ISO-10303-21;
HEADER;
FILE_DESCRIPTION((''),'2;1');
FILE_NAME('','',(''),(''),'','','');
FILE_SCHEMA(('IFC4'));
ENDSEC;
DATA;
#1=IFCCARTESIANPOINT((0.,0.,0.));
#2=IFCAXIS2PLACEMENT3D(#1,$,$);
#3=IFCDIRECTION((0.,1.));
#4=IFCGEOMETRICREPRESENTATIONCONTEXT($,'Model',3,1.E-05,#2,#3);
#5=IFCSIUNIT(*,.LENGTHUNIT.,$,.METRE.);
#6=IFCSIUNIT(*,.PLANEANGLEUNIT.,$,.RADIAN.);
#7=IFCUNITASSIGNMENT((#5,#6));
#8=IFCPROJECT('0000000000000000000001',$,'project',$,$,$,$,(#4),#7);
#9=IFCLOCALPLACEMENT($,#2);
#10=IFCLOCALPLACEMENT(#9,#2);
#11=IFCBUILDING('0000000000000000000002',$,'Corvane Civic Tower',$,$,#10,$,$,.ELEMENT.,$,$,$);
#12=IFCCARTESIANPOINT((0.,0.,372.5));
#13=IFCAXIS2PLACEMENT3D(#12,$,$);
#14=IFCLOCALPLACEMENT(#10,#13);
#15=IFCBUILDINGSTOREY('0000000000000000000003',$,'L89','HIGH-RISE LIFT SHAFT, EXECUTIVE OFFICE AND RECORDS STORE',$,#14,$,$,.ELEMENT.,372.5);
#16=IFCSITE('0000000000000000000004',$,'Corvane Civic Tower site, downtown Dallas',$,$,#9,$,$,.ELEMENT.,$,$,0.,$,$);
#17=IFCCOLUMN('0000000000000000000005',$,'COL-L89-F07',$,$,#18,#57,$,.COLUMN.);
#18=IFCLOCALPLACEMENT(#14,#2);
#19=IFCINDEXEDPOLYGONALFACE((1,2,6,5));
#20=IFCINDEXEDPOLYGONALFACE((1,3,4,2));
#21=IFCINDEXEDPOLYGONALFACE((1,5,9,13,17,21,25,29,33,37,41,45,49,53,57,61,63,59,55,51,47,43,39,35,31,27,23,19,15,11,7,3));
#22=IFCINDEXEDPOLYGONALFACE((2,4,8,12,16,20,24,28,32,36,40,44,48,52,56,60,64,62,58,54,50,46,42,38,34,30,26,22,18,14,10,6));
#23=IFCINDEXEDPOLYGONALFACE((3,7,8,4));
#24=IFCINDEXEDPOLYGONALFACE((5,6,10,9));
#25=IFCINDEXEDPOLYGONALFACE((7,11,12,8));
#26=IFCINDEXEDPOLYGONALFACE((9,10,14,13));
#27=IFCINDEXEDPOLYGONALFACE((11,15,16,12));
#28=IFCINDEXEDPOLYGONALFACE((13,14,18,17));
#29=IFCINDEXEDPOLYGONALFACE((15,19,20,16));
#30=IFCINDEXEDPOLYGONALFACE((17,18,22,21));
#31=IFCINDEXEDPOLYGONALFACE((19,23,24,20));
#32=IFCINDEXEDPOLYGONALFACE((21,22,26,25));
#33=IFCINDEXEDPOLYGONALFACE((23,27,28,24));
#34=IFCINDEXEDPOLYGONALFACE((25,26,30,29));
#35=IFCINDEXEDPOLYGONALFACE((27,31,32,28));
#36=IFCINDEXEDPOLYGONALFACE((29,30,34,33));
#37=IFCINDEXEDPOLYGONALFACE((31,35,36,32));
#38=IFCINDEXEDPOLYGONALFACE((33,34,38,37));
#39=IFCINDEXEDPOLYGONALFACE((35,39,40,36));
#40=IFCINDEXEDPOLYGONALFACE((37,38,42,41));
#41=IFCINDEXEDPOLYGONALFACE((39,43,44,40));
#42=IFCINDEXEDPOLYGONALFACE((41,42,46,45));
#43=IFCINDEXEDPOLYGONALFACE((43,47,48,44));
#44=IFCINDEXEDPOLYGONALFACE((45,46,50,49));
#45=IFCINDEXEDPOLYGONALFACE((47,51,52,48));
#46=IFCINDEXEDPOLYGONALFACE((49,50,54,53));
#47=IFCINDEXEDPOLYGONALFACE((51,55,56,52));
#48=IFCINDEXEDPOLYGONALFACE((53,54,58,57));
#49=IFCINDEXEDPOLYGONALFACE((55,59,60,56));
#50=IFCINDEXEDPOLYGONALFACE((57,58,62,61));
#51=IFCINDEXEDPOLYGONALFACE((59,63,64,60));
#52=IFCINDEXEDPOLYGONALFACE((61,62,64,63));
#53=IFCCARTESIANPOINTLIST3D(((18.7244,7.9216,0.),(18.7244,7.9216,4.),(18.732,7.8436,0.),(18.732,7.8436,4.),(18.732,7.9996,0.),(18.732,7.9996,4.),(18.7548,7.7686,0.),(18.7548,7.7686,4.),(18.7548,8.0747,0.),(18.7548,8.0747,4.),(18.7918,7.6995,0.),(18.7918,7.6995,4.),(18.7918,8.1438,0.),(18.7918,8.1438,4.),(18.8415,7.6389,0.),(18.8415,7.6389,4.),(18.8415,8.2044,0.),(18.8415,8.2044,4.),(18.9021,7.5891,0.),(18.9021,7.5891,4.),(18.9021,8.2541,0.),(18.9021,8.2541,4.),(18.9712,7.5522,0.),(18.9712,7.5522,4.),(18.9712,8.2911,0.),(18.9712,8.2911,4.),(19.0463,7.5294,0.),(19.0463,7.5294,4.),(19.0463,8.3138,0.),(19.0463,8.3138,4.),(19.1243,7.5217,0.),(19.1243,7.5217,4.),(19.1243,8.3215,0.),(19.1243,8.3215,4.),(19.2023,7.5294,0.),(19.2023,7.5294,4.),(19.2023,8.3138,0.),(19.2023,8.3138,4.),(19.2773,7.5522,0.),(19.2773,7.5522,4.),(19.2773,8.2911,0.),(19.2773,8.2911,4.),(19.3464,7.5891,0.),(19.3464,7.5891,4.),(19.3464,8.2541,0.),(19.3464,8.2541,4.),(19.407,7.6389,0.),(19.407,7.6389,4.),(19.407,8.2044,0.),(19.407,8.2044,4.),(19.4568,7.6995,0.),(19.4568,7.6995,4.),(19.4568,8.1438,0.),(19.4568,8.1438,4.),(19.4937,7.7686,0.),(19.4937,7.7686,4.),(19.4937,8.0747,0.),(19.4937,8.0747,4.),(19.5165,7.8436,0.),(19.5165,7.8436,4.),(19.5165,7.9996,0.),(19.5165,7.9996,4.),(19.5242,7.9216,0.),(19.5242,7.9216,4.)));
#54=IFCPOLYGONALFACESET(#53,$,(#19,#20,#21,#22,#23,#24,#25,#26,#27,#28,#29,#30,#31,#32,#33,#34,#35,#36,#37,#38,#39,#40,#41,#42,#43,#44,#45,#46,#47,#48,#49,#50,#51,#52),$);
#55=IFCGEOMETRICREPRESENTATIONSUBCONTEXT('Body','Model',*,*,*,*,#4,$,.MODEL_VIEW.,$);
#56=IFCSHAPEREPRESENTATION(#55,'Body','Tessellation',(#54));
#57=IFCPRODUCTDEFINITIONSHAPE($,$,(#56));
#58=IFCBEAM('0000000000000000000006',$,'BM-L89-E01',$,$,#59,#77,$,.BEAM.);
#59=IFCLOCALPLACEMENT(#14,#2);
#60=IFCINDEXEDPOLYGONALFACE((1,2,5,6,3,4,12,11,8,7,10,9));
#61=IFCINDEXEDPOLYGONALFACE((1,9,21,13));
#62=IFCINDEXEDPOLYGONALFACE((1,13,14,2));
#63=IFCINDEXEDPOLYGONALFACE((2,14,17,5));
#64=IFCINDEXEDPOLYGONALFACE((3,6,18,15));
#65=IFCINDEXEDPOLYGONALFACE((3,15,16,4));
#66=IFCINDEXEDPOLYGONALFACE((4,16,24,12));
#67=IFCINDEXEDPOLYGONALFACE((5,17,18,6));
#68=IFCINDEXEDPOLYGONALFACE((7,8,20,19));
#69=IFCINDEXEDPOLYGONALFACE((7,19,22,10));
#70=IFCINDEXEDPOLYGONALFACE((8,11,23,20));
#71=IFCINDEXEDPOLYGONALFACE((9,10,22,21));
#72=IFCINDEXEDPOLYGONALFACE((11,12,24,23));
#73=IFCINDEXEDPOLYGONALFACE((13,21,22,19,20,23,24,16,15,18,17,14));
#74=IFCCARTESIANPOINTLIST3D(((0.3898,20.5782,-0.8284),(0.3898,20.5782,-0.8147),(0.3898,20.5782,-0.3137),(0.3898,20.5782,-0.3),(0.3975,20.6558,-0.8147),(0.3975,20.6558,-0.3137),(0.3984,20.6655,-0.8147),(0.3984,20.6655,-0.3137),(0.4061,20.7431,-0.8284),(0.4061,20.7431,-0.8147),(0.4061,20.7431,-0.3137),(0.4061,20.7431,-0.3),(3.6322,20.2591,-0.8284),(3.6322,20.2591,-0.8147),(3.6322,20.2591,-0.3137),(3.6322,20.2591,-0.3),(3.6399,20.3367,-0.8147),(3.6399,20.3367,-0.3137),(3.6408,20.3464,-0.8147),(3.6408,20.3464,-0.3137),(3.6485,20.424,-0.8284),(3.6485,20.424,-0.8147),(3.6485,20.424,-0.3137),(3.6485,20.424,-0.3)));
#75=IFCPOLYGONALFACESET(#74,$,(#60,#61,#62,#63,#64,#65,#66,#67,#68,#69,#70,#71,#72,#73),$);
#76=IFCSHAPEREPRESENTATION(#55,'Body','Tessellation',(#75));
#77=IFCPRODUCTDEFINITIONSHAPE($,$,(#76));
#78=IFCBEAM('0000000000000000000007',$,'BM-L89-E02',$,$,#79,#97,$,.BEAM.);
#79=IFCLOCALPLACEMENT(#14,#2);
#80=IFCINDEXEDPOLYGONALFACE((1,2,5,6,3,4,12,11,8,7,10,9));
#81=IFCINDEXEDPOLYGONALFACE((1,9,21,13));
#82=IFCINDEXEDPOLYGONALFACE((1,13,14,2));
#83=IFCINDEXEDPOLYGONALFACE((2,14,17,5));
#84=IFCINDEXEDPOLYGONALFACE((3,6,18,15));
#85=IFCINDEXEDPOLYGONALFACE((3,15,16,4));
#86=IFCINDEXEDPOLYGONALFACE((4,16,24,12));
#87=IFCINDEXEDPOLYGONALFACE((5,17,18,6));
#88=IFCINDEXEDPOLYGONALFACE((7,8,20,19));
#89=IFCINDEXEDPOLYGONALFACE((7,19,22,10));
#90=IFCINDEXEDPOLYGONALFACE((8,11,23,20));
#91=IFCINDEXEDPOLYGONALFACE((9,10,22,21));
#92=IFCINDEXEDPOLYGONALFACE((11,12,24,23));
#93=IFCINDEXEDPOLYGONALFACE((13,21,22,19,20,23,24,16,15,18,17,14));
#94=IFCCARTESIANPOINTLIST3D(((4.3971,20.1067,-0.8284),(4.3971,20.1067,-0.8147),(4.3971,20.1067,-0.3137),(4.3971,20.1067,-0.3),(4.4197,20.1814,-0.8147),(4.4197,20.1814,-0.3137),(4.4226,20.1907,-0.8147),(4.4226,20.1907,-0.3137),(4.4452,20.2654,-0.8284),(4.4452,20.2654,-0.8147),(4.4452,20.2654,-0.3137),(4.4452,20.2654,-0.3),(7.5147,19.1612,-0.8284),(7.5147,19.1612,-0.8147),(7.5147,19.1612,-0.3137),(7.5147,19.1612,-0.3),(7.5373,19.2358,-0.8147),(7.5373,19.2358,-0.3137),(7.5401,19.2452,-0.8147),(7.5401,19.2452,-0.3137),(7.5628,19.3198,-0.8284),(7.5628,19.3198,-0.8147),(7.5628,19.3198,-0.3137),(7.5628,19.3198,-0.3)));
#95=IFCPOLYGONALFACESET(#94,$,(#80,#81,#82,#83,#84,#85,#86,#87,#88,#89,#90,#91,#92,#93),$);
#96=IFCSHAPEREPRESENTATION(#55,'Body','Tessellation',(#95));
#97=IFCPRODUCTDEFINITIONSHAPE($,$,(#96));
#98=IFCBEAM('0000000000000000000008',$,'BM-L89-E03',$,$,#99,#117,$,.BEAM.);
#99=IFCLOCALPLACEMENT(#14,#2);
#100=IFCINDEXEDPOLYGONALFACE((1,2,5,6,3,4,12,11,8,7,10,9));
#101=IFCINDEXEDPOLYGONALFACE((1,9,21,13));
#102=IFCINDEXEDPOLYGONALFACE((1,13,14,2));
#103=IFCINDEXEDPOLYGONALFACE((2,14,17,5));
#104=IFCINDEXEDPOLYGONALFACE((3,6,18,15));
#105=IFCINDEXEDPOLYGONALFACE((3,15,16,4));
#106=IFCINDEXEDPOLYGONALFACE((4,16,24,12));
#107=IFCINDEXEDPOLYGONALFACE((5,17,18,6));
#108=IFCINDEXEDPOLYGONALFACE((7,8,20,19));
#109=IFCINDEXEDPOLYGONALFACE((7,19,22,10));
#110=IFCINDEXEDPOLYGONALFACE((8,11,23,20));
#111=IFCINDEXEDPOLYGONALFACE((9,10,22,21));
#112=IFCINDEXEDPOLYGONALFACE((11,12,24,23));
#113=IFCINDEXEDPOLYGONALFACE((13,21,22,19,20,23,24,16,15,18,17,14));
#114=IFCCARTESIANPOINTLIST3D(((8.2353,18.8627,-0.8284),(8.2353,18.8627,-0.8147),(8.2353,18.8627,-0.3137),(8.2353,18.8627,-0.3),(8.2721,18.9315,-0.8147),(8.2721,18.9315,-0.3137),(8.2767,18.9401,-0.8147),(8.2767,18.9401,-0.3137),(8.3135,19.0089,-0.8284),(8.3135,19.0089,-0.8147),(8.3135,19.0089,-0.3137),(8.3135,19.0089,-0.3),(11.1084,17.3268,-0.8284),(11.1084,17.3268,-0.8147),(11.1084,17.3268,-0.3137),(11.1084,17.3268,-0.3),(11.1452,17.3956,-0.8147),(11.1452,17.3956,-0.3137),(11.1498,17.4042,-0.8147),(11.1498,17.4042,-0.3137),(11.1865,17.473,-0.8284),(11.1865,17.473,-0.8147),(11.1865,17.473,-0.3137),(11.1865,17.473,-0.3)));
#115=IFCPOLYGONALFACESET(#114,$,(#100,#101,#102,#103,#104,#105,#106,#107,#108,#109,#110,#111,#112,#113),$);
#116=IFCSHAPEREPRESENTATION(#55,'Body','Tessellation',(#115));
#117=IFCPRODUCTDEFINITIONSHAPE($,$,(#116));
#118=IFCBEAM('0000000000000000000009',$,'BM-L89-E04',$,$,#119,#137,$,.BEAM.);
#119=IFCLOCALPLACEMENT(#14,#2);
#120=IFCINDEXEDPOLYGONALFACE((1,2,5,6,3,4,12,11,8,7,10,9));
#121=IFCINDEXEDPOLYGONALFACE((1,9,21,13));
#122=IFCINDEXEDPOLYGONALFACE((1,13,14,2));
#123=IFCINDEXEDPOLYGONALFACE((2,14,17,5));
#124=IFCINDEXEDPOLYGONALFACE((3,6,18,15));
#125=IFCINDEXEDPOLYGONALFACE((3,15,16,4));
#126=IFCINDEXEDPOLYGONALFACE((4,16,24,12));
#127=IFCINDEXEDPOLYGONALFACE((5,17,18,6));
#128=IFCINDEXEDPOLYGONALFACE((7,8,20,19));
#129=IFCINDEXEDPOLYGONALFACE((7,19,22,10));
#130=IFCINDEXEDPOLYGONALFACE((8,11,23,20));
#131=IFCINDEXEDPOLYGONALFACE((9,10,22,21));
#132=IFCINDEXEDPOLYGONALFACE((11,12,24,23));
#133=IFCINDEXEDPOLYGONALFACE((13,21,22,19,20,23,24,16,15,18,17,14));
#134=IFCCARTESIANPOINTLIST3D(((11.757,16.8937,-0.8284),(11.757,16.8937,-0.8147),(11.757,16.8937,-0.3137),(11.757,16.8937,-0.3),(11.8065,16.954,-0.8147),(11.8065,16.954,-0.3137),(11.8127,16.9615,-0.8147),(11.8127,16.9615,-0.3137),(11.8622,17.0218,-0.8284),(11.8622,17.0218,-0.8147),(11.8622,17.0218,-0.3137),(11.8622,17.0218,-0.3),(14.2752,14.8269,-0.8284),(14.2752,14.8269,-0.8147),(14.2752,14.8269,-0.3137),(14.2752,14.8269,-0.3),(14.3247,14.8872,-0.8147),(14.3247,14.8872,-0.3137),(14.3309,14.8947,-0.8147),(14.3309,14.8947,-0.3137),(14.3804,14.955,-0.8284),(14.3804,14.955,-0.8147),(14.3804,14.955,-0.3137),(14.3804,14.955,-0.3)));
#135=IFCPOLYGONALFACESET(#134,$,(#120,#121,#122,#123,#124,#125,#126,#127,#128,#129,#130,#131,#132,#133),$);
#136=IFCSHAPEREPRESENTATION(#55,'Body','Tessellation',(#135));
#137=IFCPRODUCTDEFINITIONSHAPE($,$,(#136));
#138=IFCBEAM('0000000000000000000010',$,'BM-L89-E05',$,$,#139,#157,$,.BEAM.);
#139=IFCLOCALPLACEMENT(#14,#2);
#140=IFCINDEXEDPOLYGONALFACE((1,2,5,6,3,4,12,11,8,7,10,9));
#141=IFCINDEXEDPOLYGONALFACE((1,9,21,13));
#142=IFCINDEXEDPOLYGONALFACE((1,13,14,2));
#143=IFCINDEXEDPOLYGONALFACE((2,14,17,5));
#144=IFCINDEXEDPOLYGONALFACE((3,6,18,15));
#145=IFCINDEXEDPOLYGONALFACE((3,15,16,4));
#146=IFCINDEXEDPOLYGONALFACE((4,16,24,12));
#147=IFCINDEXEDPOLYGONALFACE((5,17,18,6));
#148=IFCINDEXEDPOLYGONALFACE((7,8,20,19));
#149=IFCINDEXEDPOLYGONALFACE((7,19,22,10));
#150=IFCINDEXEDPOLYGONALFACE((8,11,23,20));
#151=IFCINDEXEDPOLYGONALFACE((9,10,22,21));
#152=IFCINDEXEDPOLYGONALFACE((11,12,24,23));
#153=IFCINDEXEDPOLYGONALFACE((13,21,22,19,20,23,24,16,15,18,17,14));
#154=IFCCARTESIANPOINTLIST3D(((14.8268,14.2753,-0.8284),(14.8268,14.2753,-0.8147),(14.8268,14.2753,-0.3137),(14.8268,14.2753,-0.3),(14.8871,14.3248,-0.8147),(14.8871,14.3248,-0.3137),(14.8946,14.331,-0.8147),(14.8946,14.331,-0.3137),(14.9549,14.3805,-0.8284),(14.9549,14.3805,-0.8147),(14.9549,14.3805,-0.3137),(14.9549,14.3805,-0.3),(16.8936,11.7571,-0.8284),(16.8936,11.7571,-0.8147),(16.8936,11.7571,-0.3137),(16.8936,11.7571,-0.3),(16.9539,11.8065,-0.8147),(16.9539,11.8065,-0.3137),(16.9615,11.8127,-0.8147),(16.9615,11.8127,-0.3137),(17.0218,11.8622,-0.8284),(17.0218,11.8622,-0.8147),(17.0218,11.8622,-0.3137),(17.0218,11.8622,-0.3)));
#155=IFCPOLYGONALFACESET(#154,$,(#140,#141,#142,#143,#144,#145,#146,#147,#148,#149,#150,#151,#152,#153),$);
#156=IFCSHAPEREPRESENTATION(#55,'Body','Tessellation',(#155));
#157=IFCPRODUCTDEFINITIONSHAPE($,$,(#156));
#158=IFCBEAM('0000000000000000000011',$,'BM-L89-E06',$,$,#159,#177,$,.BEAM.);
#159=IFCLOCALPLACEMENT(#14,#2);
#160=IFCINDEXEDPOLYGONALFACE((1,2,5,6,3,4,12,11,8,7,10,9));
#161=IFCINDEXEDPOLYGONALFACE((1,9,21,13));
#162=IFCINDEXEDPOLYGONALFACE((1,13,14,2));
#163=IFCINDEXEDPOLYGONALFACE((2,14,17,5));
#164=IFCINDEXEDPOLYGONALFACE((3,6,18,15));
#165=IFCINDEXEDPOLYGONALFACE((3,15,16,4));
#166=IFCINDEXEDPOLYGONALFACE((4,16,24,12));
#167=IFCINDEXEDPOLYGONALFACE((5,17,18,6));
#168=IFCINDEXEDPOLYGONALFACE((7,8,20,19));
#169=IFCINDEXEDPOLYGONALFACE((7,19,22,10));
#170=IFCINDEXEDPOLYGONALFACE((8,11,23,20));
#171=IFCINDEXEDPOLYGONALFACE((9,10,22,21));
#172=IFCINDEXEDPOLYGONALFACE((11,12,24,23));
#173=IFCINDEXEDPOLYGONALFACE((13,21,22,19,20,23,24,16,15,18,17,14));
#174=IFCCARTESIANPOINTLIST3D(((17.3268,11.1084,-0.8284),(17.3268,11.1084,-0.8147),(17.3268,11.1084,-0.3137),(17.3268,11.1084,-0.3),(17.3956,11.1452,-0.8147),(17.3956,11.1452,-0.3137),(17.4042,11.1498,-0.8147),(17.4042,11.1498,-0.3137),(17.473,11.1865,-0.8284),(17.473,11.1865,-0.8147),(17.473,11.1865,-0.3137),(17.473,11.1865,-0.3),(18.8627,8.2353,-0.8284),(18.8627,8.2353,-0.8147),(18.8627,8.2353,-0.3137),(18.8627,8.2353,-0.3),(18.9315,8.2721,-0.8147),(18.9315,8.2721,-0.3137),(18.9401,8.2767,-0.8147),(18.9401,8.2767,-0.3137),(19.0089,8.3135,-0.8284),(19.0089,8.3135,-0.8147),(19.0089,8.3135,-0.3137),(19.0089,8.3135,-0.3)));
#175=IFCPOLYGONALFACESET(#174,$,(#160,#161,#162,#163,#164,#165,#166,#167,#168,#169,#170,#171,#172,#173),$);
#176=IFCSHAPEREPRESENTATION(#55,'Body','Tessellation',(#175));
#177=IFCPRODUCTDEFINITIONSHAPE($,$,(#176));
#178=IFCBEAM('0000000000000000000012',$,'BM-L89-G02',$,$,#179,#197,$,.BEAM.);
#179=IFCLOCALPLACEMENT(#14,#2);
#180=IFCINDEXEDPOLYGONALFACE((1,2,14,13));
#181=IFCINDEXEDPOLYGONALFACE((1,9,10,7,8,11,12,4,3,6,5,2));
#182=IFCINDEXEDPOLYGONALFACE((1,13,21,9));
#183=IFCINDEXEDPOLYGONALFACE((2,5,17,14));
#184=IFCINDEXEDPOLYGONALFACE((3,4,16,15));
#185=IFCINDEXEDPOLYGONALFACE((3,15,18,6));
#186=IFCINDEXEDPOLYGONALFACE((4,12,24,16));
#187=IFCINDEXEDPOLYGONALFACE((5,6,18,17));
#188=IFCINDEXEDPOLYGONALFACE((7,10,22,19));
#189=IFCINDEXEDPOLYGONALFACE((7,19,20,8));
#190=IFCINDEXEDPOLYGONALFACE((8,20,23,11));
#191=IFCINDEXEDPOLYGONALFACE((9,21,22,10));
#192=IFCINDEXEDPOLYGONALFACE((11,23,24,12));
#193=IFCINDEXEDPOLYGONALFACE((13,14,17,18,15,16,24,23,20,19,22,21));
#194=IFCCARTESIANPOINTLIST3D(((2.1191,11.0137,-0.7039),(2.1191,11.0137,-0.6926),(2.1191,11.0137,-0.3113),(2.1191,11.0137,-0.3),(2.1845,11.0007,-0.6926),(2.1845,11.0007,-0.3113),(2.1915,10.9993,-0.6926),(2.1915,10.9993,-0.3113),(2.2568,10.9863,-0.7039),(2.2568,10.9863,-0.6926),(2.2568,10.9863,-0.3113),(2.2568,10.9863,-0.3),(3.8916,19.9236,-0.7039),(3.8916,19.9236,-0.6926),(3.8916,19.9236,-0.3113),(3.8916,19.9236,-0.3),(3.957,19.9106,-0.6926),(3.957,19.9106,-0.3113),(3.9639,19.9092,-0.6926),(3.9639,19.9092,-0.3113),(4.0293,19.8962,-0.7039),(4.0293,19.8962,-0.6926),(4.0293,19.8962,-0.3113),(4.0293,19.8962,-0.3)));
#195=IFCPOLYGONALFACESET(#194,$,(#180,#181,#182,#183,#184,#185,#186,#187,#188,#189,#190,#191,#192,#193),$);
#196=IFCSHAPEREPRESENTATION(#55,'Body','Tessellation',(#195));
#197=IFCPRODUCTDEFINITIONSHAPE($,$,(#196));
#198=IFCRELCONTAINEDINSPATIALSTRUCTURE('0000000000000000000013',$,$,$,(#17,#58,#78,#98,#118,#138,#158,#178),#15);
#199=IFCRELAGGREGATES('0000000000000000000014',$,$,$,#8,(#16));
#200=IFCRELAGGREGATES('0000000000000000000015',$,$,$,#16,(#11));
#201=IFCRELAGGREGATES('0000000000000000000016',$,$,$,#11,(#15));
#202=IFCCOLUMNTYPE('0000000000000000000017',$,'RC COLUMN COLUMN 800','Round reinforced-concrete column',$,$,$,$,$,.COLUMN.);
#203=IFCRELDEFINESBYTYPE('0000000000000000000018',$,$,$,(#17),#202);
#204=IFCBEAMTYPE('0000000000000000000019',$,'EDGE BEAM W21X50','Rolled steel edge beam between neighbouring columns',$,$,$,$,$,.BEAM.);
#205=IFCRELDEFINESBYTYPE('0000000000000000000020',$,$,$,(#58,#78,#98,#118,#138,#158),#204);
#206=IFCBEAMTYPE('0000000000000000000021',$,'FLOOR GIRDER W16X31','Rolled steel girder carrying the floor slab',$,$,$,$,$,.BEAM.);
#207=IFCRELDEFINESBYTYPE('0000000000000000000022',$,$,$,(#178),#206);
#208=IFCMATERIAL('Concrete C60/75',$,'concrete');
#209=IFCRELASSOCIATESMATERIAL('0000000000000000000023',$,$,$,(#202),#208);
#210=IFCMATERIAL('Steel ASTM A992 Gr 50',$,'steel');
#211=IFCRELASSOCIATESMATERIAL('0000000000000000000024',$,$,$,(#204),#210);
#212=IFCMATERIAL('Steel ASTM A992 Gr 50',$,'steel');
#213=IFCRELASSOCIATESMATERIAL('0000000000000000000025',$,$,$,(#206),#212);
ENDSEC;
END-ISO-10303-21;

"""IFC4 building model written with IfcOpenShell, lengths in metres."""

from ifc_helpers import new_model, si_unit, direction, frame, origin, origin_2d, place, context, subcontext, project, spatial, circle, i_section, extrude, material, material_profile, profile_set, type_object, element, save


model = new_model("IFC4")

# Units and contexts
model_context = context("Model", 3, precision=1e-05, world=origin(), true_north=direction((0.0, 1.0)))
body_context = subcontext(model_context, "Body", "Model", "MODEL_VIEW")
ifc_project = project(units=[si_unit("LENGTHUNIT", "METRE"), si_unit("PLANEANGLEUNIT", "RADIAN")], contexts=[model_context])

# Site, building, storey
site_placement = place(None, origin())
site = spatial("IfcSite", under=ifc_project, at=site_placement, Name="Corvane Civic Tower site, downtown Dallas", CompositionType="ELEMENT", RefElevation=0.0)
building_placement = place(site_placement, origin())
building = spatial("IfcBuilding", under=site, at=building_placement, Name="Corvane Civic Tower", CompositionType="ELEMENT")
storey_placement = place(building_placement, frame((0.0, 0.0, 372.5)))
storey = spatial("IfcBuildingStorey", under=building, at=storey_placement, Name="L89", Description="HIGH-RISE LIFT SHAFT, EXECUTIVE OFFICE AND RECORDS STORE", CompositionType="ELEMENT", Elevation=372.5)

# Column
ifc_material_1 = material(Name="Concrete C60/75", Category="concrete")
ifc_material_profile_1 = material_profile(ifc_material_1, circle(Radius=0.3999, at=origin_2d()), Name="COLUMN 800")
ifc_profile_set_1 = profile_set([ifc_material_profile_1], Name="Concrete C60/75")
column_type = type_object("IfcColumnType", Name="RC COLUMN COLUMN 800", Description="Round reinforced-concrete column", PredefinedType="COLUMN", material=ifc_profile_set_1)
for number, where, z_axis, x_axis, name in (
    (1, (19.1243, 7.9216, 0.0), (0.0, 0.0, 1.0), (1.0, 0.0, 0.0), "COL-L89-F07"),
):
    element("IfcColumn", number, at=place(storey_placement, frame(where, z_axis=z_axis, x_axis=x_axis)), inside=storey, type_object=column_type, Name=name, PredefinedType="COLUMN", context=body_context, shape_type="SweptSolid", body=[
        extrude(circle(Radius=0.3999, at=origin_2d()), origin(), (0.0, 0.0, 1.0), 4.0),
    ])

# Beams
ifc_material_2 = material(Name="Steel ASTM A992 Gr 50", Category="steel")
ifc_material_profile_2 = material_profile(ifc_material_2, i_section(OverallWidth=0.1658, OverallDepth=0.5283, WebThickness=0.0098, FlangeThickness=0.0137, at=origin_2d()), Name="W21X50")
ifc_profile_set_2 = profile_set([ifc_material_profile_2], Name="Steel ASTM A992 Gr 50")
beam_type_1 = type_object("IfcBeamType", Name="EDGE BEAM W21X50", Description="Rolled steel edge beam between neighbouring columns", PredefinedType="BEAM", material=ifc_profile_set_2)
beam_1_placement = place(storey_placement, frame((0.3979, 20.6606, -0.5642), z_axis=(0.995193, -0.097938, 0.0), x_axis=(0.097938, 0.995193, 0.0)))
element("IfcBeam", 2, at=beam_1_placement, inside=storey, type_object=beam_type_1, Name="BM-L89-E01", PredefinedType="BEAM", context=body_context, shape_type="SweptSolid", body=[
    extrude(i_section(OverallWidth=0.1658, OverallDepth=0.5283, WebThickness=0.0098, FlangeThickness=0.0137, at=origin_2d()), origin(), (0.0, 0.0, 1.0), 3.2581),
])
for number, where, z_axis, x_axis, name in (
    (3, (4.4211, 20.186, -0.5642), (0.956956, -0.290234, 0.0), (0.290234, 0.956956, 0.0), "BM-L89-E02"),
    (4, (8.2744, 18.9358, -0.5642), (0.881894, -0.471448, 0.0), (0.471448, 0.881894, 0.0), "BM-L89-E03"),
    (5, (11.8096, 16.9578, -0.5642), (0.772985, -0.634425, 0.0), (0.634425, 0.772985, 0.0), "BM-L89-E04"),
    (6, (14.8909, 14.3279, -0.5642), (0.634425, -0.772985, 0.0), (0.772985, 0.634425, 0.0), "BM-L89-E05"),
    (7, (17.3999, 11.1475, -0.5642), (0.471448, -0.881894, 0.0), (0.881894, 0.471448, 0.0), "BM-L89-E06"),
):
    element("IfcBeam", number, at=place(storey_placement, frame(where, z_axis=z_axis, x_axis=x_axis)), inside=storey, type_object=beam_type_1, Name=name, PredefinedType="BEAM", context=body_context, shape_type="SweptSolid", body=[
        extrude(i_section(OverallWidth=0.1658, OverallDepth=0.5283, WebThickness=0.0098, FlangeThickness=0.0137, at=origin_2d()), origin(), (0.0, 0.0, 1.0), 3.2578),
    ])
ifc_material_3 = material(Name="Steel ASTM A992 Gr 50", Category="steel")
ifc_material_profile_3 = material_profile(ifc_material_3, i_section(OverallWidth=0.1404, OverallDepth=0.4038, WebThickness=0.0071, FlangeThickness=0.0112, at=origin_2d()), Name="W16X31")
ifc_profile_set_3 = profile_set([ifc_material_profile_3], Name="Steel ASTM A992 Gr 50")
beam_type_2 = type_object("IfcBeamType", Name="FLOOR GIRDER W16X31", Description="Rolled steel girder carrying the floor slab", PredefinedType="BEAM", material=ifc_profile_set_3)
beam_2_placement = place(storey_placement, frame((2.188, 11.0, -0.502), z_axis=(0.195108, 0.980782, 0.0), x_axis=(-0.980782, 0.195108, 0.0)))
element("IfcBeam", 8, at=beam_2_placement, inside=storey, type_object=beam_type_2, Name="BM-L89-G02", PredefinedType="BEAM", context=body_context, shape_type="SweptSolid", body=[
    extrude(i_section(OverallWidth=0.1404, OverallDepth=0.4038, WebThickness=0.0071, FlangeThickness=0.0112, at=origin_2d()), origin(), (0.0, 0.0, 1.0), 9.0845),
])

save(model, "model.ifc")
